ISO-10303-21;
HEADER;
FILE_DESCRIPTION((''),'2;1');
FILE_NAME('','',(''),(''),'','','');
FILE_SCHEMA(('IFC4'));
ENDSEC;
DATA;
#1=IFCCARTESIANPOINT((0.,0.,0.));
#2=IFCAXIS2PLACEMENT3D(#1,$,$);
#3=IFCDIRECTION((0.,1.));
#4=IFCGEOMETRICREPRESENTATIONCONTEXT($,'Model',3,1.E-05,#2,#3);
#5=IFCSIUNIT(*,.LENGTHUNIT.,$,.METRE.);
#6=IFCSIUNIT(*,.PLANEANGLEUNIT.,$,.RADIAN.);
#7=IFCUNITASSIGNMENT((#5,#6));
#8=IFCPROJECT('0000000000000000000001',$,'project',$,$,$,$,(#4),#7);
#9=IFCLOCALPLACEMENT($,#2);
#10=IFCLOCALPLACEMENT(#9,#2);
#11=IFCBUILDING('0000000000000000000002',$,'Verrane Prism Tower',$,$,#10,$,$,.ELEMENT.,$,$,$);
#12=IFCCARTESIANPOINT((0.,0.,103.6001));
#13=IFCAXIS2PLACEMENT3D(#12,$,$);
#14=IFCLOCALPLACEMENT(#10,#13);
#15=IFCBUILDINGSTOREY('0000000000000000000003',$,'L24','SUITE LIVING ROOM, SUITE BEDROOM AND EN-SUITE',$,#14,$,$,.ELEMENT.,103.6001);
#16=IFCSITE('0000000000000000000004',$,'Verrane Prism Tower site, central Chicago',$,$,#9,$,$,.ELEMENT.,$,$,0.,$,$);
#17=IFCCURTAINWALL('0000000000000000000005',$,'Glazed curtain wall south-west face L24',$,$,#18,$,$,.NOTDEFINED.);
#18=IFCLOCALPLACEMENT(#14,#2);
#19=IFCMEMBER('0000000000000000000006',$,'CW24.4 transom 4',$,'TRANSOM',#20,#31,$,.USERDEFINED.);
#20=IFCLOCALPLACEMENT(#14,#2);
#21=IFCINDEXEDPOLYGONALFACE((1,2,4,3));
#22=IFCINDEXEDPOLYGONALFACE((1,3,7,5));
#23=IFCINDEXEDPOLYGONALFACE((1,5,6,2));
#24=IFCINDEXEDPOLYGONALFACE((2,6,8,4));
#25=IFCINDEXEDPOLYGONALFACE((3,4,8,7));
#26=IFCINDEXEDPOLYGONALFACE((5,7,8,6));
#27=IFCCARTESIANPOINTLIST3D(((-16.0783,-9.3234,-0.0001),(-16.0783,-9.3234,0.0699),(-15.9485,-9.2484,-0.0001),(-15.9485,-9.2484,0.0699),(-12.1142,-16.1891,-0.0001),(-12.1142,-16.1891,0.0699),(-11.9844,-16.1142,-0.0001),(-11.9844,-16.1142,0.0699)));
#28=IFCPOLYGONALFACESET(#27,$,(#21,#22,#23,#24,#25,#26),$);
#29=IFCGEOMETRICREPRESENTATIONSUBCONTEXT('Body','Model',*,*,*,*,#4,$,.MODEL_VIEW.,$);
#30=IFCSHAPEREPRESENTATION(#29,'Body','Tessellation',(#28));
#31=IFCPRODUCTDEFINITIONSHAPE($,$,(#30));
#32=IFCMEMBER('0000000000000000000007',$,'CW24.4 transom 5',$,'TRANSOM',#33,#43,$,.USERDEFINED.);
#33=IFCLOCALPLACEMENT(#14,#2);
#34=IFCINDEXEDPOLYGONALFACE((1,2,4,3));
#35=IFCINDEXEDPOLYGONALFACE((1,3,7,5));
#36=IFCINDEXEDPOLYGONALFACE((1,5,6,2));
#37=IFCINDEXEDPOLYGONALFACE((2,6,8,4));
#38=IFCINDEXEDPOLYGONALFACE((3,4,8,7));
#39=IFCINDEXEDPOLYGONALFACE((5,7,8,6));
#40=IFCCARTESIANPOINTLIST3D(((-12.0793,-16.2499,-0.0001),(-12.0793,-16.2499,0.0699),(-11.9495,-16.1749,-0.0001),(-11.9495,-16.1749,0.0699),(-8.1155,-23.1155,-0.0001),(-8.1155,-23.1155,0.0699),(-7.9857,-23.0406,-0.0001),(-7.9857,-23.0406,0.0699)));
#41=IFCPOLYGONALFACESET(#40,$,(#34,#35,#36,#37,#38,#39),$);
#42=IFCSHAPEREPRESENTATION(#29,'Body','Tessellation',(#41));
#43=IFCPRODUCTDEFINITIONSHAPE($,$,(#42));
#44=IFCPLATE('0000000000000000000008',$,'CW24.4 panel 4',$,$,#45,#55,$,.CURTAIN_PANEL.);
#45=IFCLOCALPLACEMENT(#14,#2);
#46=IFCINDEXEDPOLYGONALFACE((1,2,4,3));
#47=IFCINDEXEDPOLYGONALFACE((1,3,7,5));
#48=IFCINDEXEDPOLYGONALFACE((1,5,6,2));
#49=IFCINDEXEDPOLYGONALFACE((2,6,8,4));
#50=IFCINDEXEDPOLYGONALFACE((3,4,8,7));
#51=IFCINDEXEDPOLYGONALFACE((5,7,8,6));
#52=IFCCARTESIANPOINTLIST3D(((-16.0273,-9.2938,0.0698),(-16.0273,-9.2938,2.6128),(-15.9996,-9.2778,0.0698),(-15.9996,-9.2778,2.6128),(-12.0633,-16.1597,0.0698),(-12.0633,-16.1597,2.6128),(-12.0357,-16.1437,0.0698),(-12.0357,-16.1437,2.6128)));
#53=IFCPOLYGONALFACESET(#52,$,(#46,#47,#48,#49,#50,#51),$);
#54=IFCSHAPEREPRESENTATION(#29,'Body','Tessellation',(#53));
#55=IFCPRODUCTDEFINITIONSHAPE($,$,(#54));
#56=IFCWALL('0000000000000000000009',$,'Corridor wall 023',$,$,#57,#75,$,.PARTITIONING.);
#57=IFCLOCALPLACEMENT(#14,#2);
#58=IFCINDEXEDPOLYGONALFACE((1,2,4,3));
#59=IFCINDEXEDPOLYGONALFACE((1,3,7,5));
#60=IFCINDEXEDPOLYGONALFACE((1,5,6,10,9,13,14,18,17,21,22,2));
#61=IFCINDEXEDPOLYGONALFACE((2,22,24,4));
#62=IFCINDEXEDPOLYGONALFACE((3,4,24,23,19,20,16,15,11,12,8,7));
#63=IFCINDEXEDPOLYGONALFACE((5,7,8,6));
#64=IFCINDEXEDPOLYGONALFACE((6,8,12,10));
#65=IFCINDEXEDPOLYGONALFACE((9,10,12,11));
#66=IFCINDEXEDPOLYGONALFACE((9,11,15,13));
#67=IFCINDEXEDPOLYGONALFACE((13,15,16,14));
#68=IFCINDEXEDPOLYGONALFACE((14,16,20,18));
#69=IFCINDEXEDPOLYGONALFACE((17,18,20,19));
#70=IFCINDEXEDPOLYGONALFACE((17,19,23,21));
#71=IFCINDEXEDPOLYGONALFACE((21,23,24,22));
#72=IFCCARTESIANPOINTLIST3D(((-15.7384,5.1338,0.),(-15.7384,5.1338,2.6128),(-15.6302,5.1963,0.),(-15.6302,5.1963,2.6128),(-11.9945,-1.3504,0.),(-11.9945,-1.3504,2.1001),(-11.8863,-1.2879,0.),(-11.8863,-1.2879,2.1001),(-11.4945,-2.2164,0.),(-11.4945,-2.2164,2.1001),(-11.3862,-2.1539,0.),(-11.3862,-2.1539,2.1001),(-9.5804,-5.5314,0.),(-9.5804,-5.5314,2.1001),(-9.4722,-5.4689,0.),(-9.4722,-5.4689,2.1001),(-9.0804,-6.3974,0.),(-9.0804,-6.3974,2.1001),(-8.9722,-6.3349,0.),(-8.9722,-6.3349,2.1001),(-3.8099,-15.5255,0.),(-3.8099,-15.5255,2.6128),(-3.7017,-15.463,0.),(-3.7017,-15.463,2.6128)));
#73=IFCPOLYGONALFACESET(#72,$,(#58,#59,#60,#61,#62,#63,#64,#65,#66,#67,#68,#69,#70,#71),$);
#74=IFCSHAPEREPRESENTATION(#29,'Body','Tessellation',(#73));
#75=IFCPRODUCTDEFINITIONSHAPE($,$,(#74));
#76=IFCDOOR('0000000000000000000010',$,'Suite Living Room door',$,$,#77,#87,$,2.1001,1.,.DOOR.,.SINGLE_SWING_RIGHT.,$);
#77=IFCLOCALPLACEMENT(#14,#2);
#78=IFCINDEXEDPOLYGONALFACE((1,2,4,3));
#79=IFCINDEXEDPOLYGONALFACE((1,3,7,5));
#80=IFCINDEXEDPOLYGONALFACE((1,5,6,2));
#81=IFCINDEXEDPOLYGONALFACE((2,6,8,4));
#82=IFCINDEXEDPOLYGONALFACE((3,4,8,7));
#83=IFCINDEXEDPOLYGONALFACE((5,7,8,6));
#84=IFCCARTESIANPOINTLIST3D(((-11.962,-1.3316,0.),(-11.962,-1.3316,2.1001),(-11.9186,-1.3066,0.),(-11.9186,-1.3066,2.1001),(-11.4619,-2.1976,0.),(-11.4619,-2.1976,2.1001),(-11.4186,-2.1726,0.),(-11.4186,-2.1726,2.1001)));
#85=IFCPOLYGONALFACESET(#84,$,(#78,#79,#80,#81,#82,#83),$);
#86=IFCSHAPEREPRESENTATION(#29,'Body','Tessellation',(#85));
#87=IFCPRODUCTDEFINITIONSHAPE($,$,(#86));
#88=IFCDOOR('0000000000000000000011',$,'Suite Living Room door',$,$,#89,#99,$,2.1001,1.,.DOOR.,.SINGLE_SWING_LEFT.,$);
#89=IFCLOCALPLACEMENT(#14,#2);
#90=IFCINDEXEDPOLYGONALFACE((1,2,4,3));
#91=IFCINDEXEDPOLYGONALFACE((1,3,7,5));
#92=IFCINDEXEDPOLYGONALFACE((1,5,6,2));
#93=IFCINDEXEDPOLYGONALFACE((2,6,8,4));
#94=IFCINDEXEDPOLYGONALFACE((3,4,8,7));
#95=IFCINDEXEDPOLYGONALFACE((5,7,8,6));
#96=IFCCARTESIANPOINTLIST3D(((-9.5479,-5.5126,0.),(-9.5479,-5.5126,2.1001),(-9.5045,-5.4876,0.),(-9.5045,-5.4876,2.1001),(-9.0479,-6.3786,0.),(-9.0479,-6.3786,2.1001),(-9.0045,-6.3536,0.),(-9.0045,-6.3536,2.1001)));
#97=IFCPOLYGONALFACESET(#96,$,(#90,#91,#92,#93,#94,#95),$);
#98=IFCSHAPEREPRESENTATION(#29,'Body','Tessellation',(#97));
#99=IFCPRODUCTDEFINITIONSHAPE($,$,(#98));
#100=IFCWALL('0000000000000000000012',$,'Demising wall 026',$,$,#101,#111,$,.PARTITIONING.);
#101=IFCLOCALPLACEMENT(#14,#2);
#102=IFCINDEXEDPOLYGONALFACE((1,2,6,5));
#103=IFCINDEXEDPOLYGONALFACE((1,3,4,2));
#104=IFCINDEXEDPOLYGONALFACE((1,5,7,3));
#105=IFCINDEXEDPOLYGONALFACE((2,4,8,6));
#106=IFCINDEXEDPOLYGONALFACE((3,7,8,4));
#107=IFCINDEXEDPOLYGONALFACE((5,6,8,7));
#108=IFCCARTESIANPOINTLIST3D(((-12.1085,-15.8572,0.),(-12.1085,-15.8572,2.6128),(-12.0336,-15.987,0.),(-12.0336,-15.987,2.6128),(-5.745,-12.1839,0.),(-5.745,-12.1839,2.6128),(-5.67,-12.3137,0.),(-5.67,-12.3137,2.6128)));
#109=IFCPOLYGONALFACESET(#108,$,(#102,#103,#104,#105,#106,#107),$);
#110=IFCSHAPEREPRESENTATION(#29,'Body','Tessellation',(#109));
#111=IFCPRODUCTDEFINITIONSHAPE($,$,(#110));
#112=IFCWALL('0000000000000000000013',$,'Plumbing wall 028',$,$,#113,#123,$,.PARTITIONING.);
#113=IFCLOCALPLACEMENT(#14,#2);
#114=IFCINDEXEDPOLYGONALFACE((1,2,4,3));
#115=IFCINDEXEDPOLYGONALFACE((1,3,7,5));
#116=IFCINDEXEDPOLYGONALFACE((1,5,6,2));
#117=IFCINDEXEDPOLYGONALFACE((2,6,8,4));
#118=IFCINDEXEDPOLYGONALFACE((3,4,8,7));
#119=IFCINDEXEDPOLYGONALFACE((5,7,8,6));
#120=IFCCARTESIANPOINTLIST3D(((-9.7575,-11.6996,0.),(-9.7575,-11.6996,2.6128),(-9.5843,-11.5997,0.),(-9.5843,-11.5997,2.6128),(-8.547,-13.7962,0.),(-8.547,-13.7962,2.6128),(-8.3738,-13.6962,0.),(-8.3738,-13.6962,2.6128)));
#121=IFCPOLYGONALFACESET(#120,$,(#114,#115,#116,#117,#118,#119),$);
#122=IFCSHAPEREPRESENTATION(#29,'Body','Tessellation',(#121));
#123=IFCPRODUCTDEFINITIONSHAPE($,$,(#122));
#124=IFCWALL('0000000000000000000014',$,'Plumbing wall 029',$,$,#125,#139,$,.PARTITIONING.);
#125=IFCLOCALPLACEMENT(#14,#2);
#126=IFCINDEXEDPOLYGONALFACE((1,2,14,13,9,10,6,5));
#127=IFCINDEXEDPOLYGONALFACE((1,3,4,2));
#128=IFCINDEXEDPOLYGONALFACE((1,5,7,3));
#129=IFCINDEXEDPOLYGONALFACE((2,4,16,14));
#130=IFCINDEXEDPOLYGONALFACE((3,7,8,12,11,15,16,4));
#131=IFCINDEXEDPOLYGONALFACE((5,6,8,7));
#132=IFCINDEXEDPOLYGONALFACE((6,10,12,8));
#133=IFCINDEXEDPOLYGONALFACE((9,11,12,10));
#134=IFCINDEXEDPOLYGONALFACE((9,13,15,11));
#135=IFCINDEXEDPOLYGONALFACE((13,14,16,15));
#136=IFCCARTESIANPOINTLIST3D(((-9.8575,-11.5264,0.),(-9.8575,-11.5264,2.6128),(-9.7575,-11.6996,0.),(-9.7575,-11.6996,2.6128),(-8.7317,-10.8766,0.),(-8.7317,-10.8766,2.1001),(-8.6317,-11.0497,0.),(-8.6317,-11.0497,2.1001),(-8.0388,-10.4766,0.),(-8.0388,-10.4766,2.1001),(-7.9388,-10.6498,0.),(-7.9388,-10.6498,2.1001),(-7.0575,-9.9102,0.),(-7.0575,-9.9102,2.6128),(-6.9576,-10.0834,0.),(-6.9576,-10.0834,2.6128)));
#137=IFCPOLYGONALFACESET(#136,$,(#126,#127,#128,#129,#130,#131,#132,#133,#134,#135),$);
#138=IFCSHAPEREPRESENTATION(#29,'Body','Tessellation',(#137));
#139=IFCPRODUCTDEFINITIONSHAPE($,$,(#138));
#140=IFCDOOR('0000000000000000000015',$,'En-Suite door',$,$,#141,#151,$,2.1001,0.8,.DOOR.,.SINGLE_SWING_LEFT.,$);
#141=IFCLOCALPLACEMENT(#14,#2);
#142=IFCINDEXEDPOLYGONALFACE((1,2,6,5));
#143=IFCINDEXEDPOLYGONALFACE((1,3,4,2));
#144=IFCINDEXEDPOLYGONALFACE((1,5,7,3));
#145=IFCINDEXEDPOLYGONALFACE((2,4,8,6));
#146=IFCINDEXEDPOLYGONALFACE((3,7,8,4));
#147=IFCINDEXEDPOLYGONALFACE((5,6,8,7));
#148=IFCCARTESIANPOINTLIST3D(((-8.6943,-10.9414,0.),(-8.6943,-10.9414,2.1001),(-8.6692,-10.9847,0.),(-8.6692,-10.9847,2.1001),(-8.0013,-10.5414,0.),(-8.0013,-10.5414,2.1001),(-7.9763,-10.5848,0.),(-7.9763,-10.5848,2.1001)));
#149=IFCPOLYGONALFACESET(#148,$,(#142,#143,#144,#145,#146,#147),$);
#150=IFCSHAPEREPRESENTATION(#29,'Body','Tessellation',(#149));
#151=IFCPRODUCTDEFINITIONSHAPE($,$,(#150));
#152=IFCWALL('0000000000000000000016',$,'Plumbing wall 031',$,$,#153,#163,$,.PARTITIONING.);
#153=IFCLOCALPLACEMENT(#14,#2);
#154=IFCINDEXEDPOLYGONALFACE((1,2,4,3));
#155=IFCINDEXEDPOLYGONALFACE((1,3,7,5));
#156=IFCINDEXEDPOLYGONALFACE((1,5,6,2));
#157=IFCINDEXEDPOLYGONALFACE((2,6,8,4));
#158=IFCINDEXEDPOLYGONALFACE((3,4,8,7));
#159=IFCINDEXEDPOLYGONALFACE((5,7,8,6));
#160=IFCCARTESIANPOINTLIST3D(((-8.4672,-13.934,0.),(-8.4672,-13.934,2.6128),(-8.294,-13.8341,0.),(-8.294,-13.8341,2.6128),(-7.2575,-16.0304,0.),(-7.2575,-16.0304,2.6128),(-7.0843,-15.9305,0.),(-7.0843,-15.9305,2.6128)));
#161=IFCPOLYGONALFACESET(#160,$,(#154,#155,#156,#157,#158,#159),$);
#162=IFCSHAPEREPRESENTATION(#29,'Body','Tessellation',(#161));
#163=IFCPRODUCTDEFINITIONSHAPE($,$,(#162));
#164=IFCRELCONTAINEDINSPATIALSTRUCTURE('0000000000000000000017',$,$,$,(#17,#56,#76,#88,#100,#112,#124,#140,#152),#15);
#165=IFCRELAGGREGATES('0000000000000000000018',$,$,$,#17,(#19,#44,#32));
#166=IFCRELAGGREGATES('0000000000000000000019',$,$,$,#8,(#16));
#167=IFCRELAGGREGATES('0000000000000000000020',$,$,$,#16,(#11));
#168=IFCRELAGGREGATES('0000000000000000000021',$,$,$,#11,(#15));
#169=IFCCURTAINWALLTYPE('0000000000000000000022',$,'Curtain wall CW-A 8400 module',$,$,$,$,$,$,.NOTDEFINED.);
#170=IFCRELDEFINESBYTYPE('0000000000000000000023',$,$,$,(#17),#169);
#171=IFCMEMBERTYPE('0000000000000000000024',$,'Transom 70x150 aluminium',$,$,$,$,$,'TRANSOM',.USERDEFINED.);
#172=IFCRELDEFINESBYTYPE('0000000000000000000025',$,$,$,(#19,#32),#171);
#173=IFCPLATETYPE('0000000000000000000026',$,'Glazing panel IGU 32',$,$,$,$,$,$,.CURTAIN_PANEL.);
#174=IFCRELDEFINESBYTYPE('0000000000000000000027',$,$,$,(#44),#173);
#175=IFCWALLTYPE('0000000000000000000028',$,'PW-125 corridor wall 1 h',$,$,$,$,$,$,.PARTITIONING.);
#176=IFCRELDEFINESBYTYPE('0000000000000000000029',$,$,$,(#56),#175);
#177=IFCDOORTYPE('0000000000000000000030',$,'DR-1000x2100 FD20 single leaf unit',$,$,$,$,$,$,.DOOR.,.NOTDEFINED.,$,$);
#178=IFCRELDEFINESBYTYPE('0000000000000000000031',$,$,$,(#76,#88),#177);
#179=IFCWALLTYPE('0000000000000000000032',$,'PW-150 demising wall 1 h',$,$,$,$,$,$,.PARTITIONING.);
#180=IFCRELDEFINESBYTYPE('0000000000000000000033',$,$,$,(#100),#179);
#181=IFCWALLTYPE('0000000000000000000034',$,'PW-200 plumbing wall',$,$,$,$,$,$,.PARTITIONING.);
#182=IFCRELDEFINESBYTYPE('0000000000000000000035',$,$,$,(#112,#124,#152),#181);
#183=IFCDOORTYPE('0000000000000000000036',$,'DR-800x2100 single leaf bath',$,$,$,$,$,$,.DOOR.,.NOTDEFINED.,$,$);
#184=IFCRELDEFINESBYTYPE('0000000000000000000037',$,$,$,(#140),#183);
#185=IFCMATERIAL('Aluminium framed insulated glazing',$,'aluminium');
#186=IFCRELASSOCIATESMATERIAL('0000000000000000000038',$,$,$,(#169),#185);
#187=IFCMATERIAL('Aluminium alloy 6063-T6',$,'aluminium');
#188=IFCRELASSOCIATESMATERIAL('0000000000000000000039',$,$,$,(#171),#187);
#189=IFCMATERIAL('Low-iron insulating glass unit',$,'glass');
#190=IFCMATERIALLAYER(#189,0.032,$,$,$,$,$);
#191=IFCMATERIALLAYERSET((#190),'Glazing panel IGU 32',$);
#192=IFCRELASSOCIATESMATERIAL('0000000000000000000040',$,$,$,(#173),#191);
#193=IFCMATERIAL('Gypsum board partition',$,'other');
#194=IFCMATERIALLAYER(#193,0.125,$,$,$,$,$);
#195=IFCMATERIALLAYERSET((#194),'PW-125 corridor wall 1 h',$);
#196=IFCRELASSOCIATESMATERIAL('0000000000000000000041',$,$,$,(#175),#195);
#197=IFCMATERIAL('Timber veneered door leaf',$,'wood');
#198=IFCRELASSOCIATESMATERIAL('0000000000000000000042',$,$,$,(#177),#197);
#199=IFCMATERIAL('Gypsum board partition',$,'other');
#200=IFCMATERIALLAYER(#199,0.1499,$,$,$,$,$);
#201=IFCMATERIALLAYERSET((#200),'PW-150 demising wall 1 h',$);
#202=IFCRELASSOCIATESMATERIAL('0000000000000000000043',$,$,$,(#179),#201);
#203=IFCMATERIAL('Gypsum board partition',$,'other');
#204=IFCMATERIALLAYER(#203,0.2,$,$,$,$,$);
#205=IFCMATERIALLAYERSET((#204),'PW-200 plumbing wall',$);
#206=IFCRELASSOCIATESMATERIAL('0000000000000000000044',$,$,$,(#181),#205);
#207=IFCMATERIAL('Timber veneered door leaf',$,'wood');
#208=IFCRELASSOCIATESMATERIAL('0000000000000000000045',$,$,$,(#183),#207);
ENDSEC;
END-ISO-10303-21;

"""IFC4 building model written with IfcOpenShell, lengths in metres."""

from ifc_helpers import new_model, si_unit, direction, frame, frame_2d, origin, origin_2d, place, context, subcontext, project, spatial, rectangle, extrude, material, layer, layer_set, material_profile, profile_set, type_object, element, fill, aggregate, save


model = new_model("IFC4")

# Units and contexts
model_context = context("Model", 3, precision=1e-05, world=origin(), true_north=direction((0.0, 1.0)))
body_context = subcontext(model_context, "Body", "Model", "MODEL_VIEW")
ifc_project = project(units=[si_unit("LENGTHUNIT", "METRE"), si_unit("PLANEANGLEUNIT", "RADIAN")], contexts=[model_context])

# Site, building, storey
site_placement = place(None, origin())
site = spatial("IfcSite", under=ifc_project, at=site_placement, Name="Verrane Prism Tower site, central Chicago", CompositionType="ELEMENT", RefElevation=0.0)
building_placement = place(site_placement, origin())
building = spatial("IfcBuilding", under=site, at=building_placement, Name="Verrane Prism Tower", CompositionType="ELEMENT")
storey_placement = place(building_placement, frame((0.0, 0.0, 103.6001)))
storey = spatial("IfcBuildingStorey", under=building, at=storey_placement, Name="L24", Description="SUITE LIVING ROOM, SUITE BEDROOM AND EN-SUITE", CompositionType="ELEMENT", Elevation=103.6001)

# Curtain wall
ifc_material_1 = material(Name="Aluminium framed insulated glazing", Category="aluminium")
curtain_wall_type = type_object("IfcCurtainWallType", Name="Curtain wall CW-A 8400 module", PredefinedType="NOTDEFINED", material=ifc_material_1)
curtain_wall_placement = place(storey_placement, origin())
curtain_wall = element("IfcCurtainWall", 1, at=curtain_wall_placement, inside=storey, type_object=curtain_wall_type, Name="Glazed curtain wall south-west face L24", PredefinedType="NOTDEFINED")

# Members
ifc_material_2 = material(Name="Aluminium alloy 6063-T6", Category="aluminium")
ifc_material_profile_1 = material_profile(ifc_material_2, rectangle(XDim=0.1499, YDim=0.0701, at=origin_2d()), Name="Transom 70x150 aluminium")
ifc_profile_set_1 = profile_set([ifc_material_profile_1], Name="Aluminium alloy 6063-T6")
member_type_1 = type_object("IfcMemberType", Name="Transom 70x150 aluminium", ElementType="TRANSOM", PredefinedType="USERDEFINED", material=ifc_profile_set_1)
member_1_placement = place(storey_placement, frame((-16.0134, -9.2859, 0.0349), z_axis=(0.500017, -0.866015, 0.0), x_axis=(0.866015, 0.500017, 0.0)))
member_1 = element("IfcMember", 2, at=member_1_placement, type_object=member_type_1, Name="CW24.4 transom 4", ObjectType="TRANSOM", PredefinedType="USERDEFINED", context=body_context, shape_type="SweptSolid", body=[
    extrude(rectangle(XDim=0.1499, YDim=0.0701, at=origin_2d()), origin(), (0.0, 0.0, 1.0), 7.928),
])
member_2_placement = place(storey_placement, frame((-12.0144, -16.2124, 0.0349), z_axis=(0.499994, -0.866029, 0.0), x_axis=(0.866029, 0.499994, 0.0)))
member_2 = element("IfcMember", 3, at=member_2_placement, type_object=member_type_1, Name="CW24.4 transom 5", ObjectType="TRANSOM", PredefinedType="USERDEFINED", context=body_context, shape_type="SweptSolid", body=[
    extrude(rectangle(XDim=0.1499, YDim=0.0701, at=origin_2d()), origin(), (0.0, 0.0, 1.0), 7.9277),
])

# Plate
ifc_material_3 = material(Name="Low-iron insulating glass unit", Category="glass")
ifc_layer_1 = layer(ifc_material_3, 0.032)
ifc_layer_set_1 = layer_set([ifc_layer_1], Name="Glazing panel IGU 32")
plate_type = type_object("IfcPlateType", Name="Glazing panel IGU 32", PredefinedType="CURTAIN_PANEL", material=ifc_layer_set_1)
plate_placement = place(storey_placement, frame((-14.0315, -12.7188, 0.0698), z_axis=(0.0, 0.0, 1.0), x_axis=(0.5, -0.866025, 0.0)))
plate = element("IfcPlate", 4, at=plate_placement, type_object=plate_type, Name="CW24.4 panel 4", PredefinedType="CURTAIN_PANEL", context=body_context, shape_type="SweptSolid", body=[
    extrude(rectangle(XDim=7.928, YDim=0.032, at=origin_2d()), origin(), (0.0, 0.0, 1.0), 2.543),
])
aggregate(curtain_wall, [member_1, plate, member_2])

# Wall, openings, doors
ifc_material_4 = material(Name="Gypsum board partition", Category="other")
ifc_layer_2 = layer(ifc_material_4, 0.125)
ifc_layer_set_2 = layer_set([ifc_layer_2], Name="PW-125 corridor wall 1 h")
wall_type_1 = type_object("IfcWallType", Name="PW-125 corridor wall 1 h", PredefinedType="PARTITIONING", material=ifc_layer_set_2)
wall_1_placement = place(storey_placement, frame((-3.7559, -15.4941, 0.0), z_axis=(0.0, 0.0, 1.0), x_axis=(-0.500028, 0.866009, 0.0)))
wall_1 = element("IfcWall", 5, at=wall_1_placement, inside=storey, type_object=wall_type_1, Name="Corridor wall 023", PredefinedType="PARTITIONING", context=body_context, shape_type="SweptSolid", body=[
    extrude(rectangle(XDim=23.8557, YDim=0.125, at=frame_2d((11.9277, 0.0))), origin(), (0.0, 0.0, 1.0), 2.6128),
])
opening_1_placement = place(wall_1_placement, frame((15.3682, 0.0, 0.0)))
opening_1 = element("IfcOpeningElement", 6, at=opening_1_placement, cuts=wall_1, PredefinedType="OPENING", context=body_context, shape_type="SweptSolid", body=[
    extrude(rectangle(XDim=1.0, YDim=2.1001, at=frame_2d((0.5, 1.05))), frame((0.0, 0.0725, 0.0), z_axis=(0.0, -1.0, 0.0), x_axis=(1.0, 0.0, 0.0)), (0.0, 0.0, 1.0), 0.145),
])
opening_2_placement = place(wall_1_placement, frame((10.5403, 0.0, 0.0)))
opening_2 = element("IfcOpeningElement", 7, at=opening_2_placement, cuts=wall_1, PredefinedType="OPENING", context=body_context, shape_type="SweptSolid", body=[
    extrude(rectangle(XDim=1.0, YDim=2.1001, at=frame_2d((0.5, 1.05))), frame((0.0, 0.0725, 0.0), z_axis=(0.0, -1.0, 0.0), x_axis=(1.0, 0.0, 0.0)), (0.0, 0.0, 1.0), 0.145),
])
ifc_material_5 = material(Name="Timber veneered door leaf", Category="wood")
door_type_1 = type_object("IfcDoorType", Name="DR-1000x2100 FD20 single leaf unit", OperationType="NOTDEFINED", PredefinedType="DOOR", material=ifc_material_5)
door_1_placement = place(opening_1_placement, origin())
door_1 = element("IfcDoor", 8, at=door_1_placement, inside=storey, type_object=door_type_1, Name="Suite Living Room door", OperationType="SINGLE_SWING_RIGHT", OverallHeight=2.1001, OverallWidth=1.0, PredefinedType="DOOR", context=body_context, shape_type="SweptSolid", body=[
    extrude(rectangle(XDim=1.0, YDim=2.1001, at=frame_2d((0.5, 1.05))), frame((0.0, 0.0249, 0.0), z_axis=(0.0, -1.0, 0.0), x_axis=(1.0, 0.0, 0.0)), (0.0, 0.0, 1.0), 0.05),
])
fill(opening_1, door_1)
door_2_placement = place(opening_2_placement, origin())
door_2 = element("IfcDoor", 9, at=door_2_placement, inside=storey, type_object=door_type_1, Name="Suite Living Room door", OperationType="SINGLE_SWING_LEFT", OverallHeight=2.1001, OverallWidth=1.0, PredefinedType="DOOR", context=body_context, shape_type="SweptSolid", body=[
    extrude(rectangle(XDim=1.0, YDim=2.1001, at=frame_2d((0.5, 1.05))), frame((0.0, 0.0249, 0.0), z_axis=(0.0, -1.0, 0.0), x_axis=(1.0, 0.0, 0.0)), (0.0, 0.0, 1.0), 0.05),
])
fill(opening_2, door_2)

# Walls
ifc_material_6 = material(Name="Gypsum board partition", Category="other")
ifc_layer_3 = layer(ifc_material_6, 0.1499)
ifc_layer_set_3 = layer_set([ifc_layer_3], Name="PW-150 demising wall 1 h")
wall_type_2 = type_object("IfcWallType", Name="PW-150 demising wall 1 h", PredefinedType="PARTITIONING", material=ifc_layer_set_3)
wall_2_placement = place(storey_placement, frame((-12.071, -15.9221, 0.0), z_axis=(0.0, 0.0, 1.0), x_axis=(0.866063, 0.499934, 0.0)))
element("IfcWall", 10, at=wall_2_placement, inside=storey, type_object=wall_type_2, Name="Demising wall 026", PredefinedType="PARTITIONING", context=body_context, shape_type="SweptSolid", body=[
    extrude(rectangle(XDim=7.3477, YDim=0.1499, at=frame_2d((3.6738, 0.0))), origin(), (0.0, 0.0, 1.0), 2.6128),
])
ifc_material_7 = material(Name="Gypsum board partition", Category="other")
ifc_layer_4 = layer(ifc_material_7, 0.2)
ifc_layer_set_4 = layer_set([ifc_layer_4], Name="PW-200 plumbing wall")
wall_type_3 = type_object("IfcWallType", Name="PW-200 plumbing wall", PredefinedType="PARTITIONING", material=ifc_layer_set_4)
wall_3_placement = place(storey_placement, frame((-9.6709, -11.6497, 0.0), z_axis=(0.0, 0.0, 1.0), x_axis=(0.500022, -0.866013, 0.0)))
element("IfcWall", 11, at=wall_3_placement, inside=storey, type_object=wall_type_3, Name="Plumbing wall 028", PredefinedType="PARTITIONING", context=body_context, shape_type="SweptSolid", body=[
    extrude(rectangle(XDim=2.4209, YDim=0.2, at=frame_2d((1.2104, 0.0))), origin(), (0.0, 0.0, 1.0), 2.6128),
])

# Wall, opening, door
wall_4_placement = place(storey_placement, frame((-7.0076, -9.9968, 0.0), z_axis=(0.0, 0.0, 1.0), x_axis=(-0.866079, -0.499908, 0.0)))
wall_4 = element("IfcWall", 12, at=wall_4_placement, inside=storey, type_object=wall_type_3, Name="Plumbing wall 029", PredefinedType="PARTITIONING", context=body_context, shape_type="SweptSolid", body=[
    extrude(rectangle(XDim=3.2329, YDim=0.2, at=frame_2d((1.6165, 0.0))), origin(), (0.0, 0.0, 1.0), 2.6128),
])
opening_3_placement = place(wall_4_placement, frame((1.1331, 0.0, 0.0)))
opening_3 = element("IfcOpeningElement", 13, at=opening_3_placement, cuts=wall_4, PredefinedType="OPENING", context=body_context, shape_type="SweptSolid", body=[
    extrude(rectangle(XDim=0.8, YDim=2.1001, at=frame_2d((0.3999, 1.05))), frame((0.0, 0.1099, 0.0), z_axis=(0.0, -1.0, 0.0), x_axis=(1.0, 0.0, 0.0)), (0.0, 0.0, 1.0), 0.22),
])
ifc_material_8 = material(Name="Timber veneered door leaf", Category="wood")
door_type_2 = type_object("IfcDoorType", Name="DR-800x2100 single leaf bath", OperationType="NOTDEFINED", PredefinedType="DOOR", material=ifc_material_8)
door_3_placement = place(opening_3_placement, origin())
door_3 = element("IfcDoor", 14, at=door_3_placement, inside=storey, type_object=door_type_2, Name="En-Suite door", OperationType="SINGLE_SWING_LEFT", OverallHeight=2.1001, OverallWidth=0.8, PredefinedType="DOOR", context=body_context, shape_type="SweptSolid", body=[
    extrude(rectangle(XDim=0.8, YDim=2.1001, at=frame_2d((0.3999, 1.05))), frame((0.0, 0.0249, 0.0), z_axis=(0.0, -1.0, 0.0), x_axis=(1.0, 0.0, 0.0)), (0.0, 0.0, 1.0), 0.05),
])
fill(opening_3, door_3)

# Wall
wall_5_placement = place(storey_placement, frame((-8.3806, -13.884, 0.0), z_axis=(0.0, 0.0, 1.0), x_axis=(0.499795, -0.866144, 0.0)))
element("IfcWall", 15, at=wall_5_placement, inside=storey, type_object=wall_type_3, Name="Plumbing wall 031", PredefinedType="PARTITIONING", context=body_context, shape_type="SweptSolid", body=[
    extrude(rectangle(XDim=2.4204, YDim=0.2, at=frame_2d((1.2102, 0.0))), origin(), (0.0, 0.0, 1.0), 2.6128),
])

save(model, "model.ifc")
